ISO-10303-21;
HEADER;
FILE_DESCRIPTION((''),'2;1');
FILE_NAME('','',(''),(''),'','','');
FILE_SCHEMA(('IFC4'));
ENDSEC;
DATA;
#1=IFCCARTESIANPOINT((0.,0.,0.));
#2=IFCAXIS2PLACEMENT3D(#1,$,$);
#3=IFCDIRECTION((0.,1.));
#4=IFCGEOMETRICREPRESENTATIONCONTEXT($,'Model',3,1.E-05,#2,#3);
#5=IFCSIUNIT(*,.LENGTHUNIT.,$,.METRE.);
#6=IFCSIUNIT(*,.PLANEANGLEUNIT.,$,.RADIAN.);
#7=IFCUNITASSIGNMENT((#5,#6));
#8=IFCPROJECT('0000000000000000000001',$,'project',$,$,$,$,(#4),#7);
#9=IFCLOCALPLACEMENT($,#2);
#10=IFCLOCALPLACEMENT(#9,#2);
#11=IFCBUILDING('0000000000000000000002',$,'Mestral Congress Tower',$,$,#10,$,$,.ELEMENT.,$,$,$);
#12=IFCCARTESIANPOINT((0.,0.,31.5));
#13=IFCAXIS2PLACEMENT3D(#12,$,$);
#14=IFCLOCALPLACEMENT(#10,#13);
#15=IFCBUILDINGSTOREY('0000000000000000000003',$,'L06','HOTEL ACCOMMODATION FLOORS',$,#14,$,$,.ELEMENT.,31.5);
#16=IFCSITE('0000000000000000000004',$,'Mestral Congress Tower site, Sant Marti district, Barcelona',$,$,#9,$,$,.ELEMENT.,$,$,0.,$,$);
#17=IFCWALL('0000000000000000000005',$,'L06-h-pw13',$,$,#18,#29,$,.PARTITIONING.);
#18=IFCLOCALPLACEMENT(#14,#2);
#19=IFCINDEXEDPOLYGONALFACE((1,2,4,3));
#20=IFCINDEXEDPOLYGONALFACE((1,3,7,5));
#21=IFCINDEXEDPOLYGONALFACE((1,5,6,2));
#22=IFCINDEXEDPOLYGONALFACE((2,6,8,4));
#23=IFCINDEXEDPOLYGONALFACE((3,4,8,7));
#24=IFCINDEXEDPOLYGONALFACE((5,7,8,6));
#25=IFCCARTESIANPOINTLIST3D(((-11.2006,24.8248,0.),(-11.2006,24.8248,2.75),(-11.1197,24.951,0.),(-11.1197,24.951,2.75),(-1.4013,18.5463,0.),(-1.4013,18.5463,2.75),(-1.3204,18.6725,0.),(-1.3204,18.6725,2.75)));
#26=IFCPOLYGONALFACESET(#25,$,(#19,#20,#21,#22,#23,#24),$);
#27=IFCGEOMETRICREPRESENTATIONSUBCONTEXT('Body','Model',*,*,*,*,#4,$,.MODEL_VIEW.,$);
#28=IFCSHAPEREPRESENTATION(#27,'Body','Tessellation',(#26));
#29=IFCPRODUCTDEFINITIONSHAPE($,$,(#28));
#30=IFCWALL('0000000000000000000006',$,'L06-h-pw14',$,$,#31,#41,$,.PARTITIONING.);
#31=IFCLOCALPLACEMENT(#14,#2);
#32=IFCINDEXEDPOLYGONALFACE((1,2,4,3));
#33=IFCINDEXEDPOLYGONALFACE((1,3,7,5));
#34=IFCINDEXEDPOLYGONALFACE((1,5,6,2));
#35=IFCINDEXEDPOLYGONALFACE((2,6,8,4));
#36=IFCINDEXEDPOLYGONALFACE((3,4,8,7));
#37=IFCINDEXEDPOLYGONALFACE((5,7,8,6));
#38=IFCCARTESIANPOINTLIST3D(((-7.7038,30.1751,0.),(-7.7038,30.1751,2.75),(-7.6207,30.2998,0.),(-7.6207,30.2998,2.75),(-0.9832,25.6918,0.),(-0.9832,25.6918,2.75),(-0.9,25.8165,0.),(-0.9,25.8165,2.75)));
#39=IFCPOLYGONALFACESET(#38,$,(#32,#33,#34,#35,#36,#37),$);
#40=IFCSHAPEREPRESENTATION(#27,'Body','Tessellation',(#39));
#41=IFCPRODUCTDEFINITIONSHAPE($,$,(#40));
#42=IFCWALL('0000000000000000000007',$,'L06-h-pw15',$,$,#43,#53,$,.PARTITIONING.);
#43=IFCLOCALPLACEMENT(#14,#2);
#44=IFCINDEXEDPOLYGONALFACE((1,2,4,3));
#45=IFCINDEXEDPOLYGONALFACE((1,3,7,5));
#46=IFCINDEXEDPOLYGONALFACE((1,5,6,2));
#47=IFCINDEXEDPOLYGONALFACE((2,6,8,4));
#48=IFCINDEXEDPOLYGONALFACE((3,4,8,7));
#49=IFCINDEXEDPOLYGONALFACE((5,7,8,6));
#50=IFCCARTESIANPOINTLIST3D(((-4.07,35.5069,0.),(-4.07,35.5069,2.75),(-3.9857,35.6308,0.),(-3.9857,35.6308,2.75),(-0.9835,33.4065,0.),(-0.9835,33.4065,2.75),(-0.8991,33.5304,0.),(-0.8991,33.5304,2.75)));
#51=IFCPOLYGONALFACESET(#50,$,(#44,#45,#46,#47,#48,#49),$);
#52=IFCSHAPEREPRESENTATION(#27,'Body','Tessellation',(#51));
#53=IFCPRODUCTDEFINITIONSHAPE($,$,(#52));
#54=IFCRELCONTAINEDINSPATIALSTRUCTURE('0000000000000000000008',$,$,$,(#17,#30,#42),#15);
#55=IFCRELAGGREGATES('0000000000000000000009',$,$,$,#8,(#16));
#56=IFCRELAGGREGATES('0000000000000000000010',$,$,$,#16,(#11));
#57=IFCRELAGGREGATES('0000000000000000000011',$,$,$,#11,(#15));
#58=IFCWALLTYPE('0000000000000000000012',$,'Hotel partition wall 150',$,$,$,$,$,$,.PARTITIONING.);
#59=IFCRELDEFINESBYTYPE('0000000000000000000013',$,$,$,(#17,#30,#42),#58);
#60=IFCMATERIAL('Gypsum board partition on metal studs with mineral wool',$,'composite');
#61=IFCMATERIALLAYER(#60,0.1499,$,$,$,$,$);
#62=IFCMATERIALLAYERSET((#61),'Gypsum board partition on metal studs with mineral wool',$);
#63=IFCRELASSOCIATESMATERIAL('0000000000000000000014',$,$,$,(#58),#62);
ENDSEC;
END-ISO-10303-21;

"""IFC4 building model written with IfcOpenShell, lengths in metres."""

from ifc_helpers import new_model, si_unit, direction, frame, frame_2d, origin, place, context, subcontext, project, spatial, rectangle, extrude, material, layer, layer_set, type_object, element, save


model = new_model("IFC4")

# Units and contexts
model_context = context("Model", 3, precision=1e-05, world=origin(), true_north=direction((0.0, 1.0)))
body_context = subcontext(model_context, "Body", "Model", "MODEL_VIEW")
ifc_project = project(units=[si_unit("LENGTHUNIT", "METRE"), si_unit("PLANEANGLEUNIT", "RADIAN")], contexts=[model_context])

# Site, building, storey
site_placement = place(None, origin())
site = spatial("IfcSite", under=ifc_project, at=site_placement, Name="Mestral Congress Tower site, Sant Marti district, Barcelona", CompositionType="ELEMENT", RefElevation=0.0)
building_placement = place(site_placement, origin())
building = spatial("IfcBuilding", under=site, at=building_placement, Name="Mestral Congress Tower", CompositionType="ELEMENT")
storey_placement = place(building_placement, frame((0.0, 0.0, 31.5)))
storey = spatial("IfcBuildingStorey", under=building, at=storey_placement, Name="L06", Description="HOTEL ACCOMMODATION FLOORS", CompositionType="ELEMENT", Elevation=31.5)

# Shared definitions
ifc_material_1 = material(Name="Gypsum board partition on metal studs with mineral wool", Category="composite")

# Walls
ifc_layer_1 = layer(ifc_material_1, 0.1499)
ifc_layer_set_1 = layer_set([ifc_layer_1], Name="Gypsum board partition on metal studs with mineral wool")
wall_type_1 = type_object("IfcWallType", Name="Hotel partition wall 150", PredefinedType="PARTITIONING", material=ifc_layer_set_1)
wall_1_placement = place(storey_placement, frame((-11.1602, 24.8879, 0.0), z_axis=(0.0, 0.0, 1.0), x_axis=(0.841998, -0.53948, 0.0)))
element("IfcWall", 1, at=wall_1_placement, inside=storey, type_object=wall_type_1, Name="L06-h-pw13", PredefinedType="PARTITIONING", context=body_context, shape_type="SweptSolid", body=[
    extrude(rectangle(XDim=11.6382, YDim=0.1499, at=frame_2d((5.8191, 0.0))), origin(), (0.0, 0.0, 1.0), 2.75),
])
wall_2_placement = place(storey_placement, frame((-7.6624, 30.2375, 0.0), z_axis=(0.0, 0.0, 1.0), x_axis=(0.831883, -0.554951, 0.0)))
element("IfcWall", 2, at=wall_2_placement, inside=storey, type_object=wall_type_1, Name="L06-h-pw14", PredefinedType="PARTITIONING", context=body_context, shape_type="SweptSolid", body=[
    extrude(rectangle(XDim=8.0789, YDim=0.1499, at=frame_2d((4.0396, 0.0))), origin(), (0.0, 0.0, 1.0), 2.75),
])
wall_3_placement = place(storey_placement, frame((-4.0278, 35.5688, 0.0), z_axis=(0.0, 0.0, 1.0), x_axis=(0.826731, -0.562598, 0.0)))
element("IfcWall", 3, at=wall_3_placement, inside=storey, type_object=wall_type_1, Name="L06-h-pw15", PredefinedType="PARTITIONING", context=body_context, shape_type="SweptSolid", body=[
    extrude(rectangle(XDim=3.7334, YDim=0.1499, at=frame_2d((1.8667, 0.0))), origin(), (0.0, 0.0, 1.0), 2.75),
])

save(model, "model.ifc")
